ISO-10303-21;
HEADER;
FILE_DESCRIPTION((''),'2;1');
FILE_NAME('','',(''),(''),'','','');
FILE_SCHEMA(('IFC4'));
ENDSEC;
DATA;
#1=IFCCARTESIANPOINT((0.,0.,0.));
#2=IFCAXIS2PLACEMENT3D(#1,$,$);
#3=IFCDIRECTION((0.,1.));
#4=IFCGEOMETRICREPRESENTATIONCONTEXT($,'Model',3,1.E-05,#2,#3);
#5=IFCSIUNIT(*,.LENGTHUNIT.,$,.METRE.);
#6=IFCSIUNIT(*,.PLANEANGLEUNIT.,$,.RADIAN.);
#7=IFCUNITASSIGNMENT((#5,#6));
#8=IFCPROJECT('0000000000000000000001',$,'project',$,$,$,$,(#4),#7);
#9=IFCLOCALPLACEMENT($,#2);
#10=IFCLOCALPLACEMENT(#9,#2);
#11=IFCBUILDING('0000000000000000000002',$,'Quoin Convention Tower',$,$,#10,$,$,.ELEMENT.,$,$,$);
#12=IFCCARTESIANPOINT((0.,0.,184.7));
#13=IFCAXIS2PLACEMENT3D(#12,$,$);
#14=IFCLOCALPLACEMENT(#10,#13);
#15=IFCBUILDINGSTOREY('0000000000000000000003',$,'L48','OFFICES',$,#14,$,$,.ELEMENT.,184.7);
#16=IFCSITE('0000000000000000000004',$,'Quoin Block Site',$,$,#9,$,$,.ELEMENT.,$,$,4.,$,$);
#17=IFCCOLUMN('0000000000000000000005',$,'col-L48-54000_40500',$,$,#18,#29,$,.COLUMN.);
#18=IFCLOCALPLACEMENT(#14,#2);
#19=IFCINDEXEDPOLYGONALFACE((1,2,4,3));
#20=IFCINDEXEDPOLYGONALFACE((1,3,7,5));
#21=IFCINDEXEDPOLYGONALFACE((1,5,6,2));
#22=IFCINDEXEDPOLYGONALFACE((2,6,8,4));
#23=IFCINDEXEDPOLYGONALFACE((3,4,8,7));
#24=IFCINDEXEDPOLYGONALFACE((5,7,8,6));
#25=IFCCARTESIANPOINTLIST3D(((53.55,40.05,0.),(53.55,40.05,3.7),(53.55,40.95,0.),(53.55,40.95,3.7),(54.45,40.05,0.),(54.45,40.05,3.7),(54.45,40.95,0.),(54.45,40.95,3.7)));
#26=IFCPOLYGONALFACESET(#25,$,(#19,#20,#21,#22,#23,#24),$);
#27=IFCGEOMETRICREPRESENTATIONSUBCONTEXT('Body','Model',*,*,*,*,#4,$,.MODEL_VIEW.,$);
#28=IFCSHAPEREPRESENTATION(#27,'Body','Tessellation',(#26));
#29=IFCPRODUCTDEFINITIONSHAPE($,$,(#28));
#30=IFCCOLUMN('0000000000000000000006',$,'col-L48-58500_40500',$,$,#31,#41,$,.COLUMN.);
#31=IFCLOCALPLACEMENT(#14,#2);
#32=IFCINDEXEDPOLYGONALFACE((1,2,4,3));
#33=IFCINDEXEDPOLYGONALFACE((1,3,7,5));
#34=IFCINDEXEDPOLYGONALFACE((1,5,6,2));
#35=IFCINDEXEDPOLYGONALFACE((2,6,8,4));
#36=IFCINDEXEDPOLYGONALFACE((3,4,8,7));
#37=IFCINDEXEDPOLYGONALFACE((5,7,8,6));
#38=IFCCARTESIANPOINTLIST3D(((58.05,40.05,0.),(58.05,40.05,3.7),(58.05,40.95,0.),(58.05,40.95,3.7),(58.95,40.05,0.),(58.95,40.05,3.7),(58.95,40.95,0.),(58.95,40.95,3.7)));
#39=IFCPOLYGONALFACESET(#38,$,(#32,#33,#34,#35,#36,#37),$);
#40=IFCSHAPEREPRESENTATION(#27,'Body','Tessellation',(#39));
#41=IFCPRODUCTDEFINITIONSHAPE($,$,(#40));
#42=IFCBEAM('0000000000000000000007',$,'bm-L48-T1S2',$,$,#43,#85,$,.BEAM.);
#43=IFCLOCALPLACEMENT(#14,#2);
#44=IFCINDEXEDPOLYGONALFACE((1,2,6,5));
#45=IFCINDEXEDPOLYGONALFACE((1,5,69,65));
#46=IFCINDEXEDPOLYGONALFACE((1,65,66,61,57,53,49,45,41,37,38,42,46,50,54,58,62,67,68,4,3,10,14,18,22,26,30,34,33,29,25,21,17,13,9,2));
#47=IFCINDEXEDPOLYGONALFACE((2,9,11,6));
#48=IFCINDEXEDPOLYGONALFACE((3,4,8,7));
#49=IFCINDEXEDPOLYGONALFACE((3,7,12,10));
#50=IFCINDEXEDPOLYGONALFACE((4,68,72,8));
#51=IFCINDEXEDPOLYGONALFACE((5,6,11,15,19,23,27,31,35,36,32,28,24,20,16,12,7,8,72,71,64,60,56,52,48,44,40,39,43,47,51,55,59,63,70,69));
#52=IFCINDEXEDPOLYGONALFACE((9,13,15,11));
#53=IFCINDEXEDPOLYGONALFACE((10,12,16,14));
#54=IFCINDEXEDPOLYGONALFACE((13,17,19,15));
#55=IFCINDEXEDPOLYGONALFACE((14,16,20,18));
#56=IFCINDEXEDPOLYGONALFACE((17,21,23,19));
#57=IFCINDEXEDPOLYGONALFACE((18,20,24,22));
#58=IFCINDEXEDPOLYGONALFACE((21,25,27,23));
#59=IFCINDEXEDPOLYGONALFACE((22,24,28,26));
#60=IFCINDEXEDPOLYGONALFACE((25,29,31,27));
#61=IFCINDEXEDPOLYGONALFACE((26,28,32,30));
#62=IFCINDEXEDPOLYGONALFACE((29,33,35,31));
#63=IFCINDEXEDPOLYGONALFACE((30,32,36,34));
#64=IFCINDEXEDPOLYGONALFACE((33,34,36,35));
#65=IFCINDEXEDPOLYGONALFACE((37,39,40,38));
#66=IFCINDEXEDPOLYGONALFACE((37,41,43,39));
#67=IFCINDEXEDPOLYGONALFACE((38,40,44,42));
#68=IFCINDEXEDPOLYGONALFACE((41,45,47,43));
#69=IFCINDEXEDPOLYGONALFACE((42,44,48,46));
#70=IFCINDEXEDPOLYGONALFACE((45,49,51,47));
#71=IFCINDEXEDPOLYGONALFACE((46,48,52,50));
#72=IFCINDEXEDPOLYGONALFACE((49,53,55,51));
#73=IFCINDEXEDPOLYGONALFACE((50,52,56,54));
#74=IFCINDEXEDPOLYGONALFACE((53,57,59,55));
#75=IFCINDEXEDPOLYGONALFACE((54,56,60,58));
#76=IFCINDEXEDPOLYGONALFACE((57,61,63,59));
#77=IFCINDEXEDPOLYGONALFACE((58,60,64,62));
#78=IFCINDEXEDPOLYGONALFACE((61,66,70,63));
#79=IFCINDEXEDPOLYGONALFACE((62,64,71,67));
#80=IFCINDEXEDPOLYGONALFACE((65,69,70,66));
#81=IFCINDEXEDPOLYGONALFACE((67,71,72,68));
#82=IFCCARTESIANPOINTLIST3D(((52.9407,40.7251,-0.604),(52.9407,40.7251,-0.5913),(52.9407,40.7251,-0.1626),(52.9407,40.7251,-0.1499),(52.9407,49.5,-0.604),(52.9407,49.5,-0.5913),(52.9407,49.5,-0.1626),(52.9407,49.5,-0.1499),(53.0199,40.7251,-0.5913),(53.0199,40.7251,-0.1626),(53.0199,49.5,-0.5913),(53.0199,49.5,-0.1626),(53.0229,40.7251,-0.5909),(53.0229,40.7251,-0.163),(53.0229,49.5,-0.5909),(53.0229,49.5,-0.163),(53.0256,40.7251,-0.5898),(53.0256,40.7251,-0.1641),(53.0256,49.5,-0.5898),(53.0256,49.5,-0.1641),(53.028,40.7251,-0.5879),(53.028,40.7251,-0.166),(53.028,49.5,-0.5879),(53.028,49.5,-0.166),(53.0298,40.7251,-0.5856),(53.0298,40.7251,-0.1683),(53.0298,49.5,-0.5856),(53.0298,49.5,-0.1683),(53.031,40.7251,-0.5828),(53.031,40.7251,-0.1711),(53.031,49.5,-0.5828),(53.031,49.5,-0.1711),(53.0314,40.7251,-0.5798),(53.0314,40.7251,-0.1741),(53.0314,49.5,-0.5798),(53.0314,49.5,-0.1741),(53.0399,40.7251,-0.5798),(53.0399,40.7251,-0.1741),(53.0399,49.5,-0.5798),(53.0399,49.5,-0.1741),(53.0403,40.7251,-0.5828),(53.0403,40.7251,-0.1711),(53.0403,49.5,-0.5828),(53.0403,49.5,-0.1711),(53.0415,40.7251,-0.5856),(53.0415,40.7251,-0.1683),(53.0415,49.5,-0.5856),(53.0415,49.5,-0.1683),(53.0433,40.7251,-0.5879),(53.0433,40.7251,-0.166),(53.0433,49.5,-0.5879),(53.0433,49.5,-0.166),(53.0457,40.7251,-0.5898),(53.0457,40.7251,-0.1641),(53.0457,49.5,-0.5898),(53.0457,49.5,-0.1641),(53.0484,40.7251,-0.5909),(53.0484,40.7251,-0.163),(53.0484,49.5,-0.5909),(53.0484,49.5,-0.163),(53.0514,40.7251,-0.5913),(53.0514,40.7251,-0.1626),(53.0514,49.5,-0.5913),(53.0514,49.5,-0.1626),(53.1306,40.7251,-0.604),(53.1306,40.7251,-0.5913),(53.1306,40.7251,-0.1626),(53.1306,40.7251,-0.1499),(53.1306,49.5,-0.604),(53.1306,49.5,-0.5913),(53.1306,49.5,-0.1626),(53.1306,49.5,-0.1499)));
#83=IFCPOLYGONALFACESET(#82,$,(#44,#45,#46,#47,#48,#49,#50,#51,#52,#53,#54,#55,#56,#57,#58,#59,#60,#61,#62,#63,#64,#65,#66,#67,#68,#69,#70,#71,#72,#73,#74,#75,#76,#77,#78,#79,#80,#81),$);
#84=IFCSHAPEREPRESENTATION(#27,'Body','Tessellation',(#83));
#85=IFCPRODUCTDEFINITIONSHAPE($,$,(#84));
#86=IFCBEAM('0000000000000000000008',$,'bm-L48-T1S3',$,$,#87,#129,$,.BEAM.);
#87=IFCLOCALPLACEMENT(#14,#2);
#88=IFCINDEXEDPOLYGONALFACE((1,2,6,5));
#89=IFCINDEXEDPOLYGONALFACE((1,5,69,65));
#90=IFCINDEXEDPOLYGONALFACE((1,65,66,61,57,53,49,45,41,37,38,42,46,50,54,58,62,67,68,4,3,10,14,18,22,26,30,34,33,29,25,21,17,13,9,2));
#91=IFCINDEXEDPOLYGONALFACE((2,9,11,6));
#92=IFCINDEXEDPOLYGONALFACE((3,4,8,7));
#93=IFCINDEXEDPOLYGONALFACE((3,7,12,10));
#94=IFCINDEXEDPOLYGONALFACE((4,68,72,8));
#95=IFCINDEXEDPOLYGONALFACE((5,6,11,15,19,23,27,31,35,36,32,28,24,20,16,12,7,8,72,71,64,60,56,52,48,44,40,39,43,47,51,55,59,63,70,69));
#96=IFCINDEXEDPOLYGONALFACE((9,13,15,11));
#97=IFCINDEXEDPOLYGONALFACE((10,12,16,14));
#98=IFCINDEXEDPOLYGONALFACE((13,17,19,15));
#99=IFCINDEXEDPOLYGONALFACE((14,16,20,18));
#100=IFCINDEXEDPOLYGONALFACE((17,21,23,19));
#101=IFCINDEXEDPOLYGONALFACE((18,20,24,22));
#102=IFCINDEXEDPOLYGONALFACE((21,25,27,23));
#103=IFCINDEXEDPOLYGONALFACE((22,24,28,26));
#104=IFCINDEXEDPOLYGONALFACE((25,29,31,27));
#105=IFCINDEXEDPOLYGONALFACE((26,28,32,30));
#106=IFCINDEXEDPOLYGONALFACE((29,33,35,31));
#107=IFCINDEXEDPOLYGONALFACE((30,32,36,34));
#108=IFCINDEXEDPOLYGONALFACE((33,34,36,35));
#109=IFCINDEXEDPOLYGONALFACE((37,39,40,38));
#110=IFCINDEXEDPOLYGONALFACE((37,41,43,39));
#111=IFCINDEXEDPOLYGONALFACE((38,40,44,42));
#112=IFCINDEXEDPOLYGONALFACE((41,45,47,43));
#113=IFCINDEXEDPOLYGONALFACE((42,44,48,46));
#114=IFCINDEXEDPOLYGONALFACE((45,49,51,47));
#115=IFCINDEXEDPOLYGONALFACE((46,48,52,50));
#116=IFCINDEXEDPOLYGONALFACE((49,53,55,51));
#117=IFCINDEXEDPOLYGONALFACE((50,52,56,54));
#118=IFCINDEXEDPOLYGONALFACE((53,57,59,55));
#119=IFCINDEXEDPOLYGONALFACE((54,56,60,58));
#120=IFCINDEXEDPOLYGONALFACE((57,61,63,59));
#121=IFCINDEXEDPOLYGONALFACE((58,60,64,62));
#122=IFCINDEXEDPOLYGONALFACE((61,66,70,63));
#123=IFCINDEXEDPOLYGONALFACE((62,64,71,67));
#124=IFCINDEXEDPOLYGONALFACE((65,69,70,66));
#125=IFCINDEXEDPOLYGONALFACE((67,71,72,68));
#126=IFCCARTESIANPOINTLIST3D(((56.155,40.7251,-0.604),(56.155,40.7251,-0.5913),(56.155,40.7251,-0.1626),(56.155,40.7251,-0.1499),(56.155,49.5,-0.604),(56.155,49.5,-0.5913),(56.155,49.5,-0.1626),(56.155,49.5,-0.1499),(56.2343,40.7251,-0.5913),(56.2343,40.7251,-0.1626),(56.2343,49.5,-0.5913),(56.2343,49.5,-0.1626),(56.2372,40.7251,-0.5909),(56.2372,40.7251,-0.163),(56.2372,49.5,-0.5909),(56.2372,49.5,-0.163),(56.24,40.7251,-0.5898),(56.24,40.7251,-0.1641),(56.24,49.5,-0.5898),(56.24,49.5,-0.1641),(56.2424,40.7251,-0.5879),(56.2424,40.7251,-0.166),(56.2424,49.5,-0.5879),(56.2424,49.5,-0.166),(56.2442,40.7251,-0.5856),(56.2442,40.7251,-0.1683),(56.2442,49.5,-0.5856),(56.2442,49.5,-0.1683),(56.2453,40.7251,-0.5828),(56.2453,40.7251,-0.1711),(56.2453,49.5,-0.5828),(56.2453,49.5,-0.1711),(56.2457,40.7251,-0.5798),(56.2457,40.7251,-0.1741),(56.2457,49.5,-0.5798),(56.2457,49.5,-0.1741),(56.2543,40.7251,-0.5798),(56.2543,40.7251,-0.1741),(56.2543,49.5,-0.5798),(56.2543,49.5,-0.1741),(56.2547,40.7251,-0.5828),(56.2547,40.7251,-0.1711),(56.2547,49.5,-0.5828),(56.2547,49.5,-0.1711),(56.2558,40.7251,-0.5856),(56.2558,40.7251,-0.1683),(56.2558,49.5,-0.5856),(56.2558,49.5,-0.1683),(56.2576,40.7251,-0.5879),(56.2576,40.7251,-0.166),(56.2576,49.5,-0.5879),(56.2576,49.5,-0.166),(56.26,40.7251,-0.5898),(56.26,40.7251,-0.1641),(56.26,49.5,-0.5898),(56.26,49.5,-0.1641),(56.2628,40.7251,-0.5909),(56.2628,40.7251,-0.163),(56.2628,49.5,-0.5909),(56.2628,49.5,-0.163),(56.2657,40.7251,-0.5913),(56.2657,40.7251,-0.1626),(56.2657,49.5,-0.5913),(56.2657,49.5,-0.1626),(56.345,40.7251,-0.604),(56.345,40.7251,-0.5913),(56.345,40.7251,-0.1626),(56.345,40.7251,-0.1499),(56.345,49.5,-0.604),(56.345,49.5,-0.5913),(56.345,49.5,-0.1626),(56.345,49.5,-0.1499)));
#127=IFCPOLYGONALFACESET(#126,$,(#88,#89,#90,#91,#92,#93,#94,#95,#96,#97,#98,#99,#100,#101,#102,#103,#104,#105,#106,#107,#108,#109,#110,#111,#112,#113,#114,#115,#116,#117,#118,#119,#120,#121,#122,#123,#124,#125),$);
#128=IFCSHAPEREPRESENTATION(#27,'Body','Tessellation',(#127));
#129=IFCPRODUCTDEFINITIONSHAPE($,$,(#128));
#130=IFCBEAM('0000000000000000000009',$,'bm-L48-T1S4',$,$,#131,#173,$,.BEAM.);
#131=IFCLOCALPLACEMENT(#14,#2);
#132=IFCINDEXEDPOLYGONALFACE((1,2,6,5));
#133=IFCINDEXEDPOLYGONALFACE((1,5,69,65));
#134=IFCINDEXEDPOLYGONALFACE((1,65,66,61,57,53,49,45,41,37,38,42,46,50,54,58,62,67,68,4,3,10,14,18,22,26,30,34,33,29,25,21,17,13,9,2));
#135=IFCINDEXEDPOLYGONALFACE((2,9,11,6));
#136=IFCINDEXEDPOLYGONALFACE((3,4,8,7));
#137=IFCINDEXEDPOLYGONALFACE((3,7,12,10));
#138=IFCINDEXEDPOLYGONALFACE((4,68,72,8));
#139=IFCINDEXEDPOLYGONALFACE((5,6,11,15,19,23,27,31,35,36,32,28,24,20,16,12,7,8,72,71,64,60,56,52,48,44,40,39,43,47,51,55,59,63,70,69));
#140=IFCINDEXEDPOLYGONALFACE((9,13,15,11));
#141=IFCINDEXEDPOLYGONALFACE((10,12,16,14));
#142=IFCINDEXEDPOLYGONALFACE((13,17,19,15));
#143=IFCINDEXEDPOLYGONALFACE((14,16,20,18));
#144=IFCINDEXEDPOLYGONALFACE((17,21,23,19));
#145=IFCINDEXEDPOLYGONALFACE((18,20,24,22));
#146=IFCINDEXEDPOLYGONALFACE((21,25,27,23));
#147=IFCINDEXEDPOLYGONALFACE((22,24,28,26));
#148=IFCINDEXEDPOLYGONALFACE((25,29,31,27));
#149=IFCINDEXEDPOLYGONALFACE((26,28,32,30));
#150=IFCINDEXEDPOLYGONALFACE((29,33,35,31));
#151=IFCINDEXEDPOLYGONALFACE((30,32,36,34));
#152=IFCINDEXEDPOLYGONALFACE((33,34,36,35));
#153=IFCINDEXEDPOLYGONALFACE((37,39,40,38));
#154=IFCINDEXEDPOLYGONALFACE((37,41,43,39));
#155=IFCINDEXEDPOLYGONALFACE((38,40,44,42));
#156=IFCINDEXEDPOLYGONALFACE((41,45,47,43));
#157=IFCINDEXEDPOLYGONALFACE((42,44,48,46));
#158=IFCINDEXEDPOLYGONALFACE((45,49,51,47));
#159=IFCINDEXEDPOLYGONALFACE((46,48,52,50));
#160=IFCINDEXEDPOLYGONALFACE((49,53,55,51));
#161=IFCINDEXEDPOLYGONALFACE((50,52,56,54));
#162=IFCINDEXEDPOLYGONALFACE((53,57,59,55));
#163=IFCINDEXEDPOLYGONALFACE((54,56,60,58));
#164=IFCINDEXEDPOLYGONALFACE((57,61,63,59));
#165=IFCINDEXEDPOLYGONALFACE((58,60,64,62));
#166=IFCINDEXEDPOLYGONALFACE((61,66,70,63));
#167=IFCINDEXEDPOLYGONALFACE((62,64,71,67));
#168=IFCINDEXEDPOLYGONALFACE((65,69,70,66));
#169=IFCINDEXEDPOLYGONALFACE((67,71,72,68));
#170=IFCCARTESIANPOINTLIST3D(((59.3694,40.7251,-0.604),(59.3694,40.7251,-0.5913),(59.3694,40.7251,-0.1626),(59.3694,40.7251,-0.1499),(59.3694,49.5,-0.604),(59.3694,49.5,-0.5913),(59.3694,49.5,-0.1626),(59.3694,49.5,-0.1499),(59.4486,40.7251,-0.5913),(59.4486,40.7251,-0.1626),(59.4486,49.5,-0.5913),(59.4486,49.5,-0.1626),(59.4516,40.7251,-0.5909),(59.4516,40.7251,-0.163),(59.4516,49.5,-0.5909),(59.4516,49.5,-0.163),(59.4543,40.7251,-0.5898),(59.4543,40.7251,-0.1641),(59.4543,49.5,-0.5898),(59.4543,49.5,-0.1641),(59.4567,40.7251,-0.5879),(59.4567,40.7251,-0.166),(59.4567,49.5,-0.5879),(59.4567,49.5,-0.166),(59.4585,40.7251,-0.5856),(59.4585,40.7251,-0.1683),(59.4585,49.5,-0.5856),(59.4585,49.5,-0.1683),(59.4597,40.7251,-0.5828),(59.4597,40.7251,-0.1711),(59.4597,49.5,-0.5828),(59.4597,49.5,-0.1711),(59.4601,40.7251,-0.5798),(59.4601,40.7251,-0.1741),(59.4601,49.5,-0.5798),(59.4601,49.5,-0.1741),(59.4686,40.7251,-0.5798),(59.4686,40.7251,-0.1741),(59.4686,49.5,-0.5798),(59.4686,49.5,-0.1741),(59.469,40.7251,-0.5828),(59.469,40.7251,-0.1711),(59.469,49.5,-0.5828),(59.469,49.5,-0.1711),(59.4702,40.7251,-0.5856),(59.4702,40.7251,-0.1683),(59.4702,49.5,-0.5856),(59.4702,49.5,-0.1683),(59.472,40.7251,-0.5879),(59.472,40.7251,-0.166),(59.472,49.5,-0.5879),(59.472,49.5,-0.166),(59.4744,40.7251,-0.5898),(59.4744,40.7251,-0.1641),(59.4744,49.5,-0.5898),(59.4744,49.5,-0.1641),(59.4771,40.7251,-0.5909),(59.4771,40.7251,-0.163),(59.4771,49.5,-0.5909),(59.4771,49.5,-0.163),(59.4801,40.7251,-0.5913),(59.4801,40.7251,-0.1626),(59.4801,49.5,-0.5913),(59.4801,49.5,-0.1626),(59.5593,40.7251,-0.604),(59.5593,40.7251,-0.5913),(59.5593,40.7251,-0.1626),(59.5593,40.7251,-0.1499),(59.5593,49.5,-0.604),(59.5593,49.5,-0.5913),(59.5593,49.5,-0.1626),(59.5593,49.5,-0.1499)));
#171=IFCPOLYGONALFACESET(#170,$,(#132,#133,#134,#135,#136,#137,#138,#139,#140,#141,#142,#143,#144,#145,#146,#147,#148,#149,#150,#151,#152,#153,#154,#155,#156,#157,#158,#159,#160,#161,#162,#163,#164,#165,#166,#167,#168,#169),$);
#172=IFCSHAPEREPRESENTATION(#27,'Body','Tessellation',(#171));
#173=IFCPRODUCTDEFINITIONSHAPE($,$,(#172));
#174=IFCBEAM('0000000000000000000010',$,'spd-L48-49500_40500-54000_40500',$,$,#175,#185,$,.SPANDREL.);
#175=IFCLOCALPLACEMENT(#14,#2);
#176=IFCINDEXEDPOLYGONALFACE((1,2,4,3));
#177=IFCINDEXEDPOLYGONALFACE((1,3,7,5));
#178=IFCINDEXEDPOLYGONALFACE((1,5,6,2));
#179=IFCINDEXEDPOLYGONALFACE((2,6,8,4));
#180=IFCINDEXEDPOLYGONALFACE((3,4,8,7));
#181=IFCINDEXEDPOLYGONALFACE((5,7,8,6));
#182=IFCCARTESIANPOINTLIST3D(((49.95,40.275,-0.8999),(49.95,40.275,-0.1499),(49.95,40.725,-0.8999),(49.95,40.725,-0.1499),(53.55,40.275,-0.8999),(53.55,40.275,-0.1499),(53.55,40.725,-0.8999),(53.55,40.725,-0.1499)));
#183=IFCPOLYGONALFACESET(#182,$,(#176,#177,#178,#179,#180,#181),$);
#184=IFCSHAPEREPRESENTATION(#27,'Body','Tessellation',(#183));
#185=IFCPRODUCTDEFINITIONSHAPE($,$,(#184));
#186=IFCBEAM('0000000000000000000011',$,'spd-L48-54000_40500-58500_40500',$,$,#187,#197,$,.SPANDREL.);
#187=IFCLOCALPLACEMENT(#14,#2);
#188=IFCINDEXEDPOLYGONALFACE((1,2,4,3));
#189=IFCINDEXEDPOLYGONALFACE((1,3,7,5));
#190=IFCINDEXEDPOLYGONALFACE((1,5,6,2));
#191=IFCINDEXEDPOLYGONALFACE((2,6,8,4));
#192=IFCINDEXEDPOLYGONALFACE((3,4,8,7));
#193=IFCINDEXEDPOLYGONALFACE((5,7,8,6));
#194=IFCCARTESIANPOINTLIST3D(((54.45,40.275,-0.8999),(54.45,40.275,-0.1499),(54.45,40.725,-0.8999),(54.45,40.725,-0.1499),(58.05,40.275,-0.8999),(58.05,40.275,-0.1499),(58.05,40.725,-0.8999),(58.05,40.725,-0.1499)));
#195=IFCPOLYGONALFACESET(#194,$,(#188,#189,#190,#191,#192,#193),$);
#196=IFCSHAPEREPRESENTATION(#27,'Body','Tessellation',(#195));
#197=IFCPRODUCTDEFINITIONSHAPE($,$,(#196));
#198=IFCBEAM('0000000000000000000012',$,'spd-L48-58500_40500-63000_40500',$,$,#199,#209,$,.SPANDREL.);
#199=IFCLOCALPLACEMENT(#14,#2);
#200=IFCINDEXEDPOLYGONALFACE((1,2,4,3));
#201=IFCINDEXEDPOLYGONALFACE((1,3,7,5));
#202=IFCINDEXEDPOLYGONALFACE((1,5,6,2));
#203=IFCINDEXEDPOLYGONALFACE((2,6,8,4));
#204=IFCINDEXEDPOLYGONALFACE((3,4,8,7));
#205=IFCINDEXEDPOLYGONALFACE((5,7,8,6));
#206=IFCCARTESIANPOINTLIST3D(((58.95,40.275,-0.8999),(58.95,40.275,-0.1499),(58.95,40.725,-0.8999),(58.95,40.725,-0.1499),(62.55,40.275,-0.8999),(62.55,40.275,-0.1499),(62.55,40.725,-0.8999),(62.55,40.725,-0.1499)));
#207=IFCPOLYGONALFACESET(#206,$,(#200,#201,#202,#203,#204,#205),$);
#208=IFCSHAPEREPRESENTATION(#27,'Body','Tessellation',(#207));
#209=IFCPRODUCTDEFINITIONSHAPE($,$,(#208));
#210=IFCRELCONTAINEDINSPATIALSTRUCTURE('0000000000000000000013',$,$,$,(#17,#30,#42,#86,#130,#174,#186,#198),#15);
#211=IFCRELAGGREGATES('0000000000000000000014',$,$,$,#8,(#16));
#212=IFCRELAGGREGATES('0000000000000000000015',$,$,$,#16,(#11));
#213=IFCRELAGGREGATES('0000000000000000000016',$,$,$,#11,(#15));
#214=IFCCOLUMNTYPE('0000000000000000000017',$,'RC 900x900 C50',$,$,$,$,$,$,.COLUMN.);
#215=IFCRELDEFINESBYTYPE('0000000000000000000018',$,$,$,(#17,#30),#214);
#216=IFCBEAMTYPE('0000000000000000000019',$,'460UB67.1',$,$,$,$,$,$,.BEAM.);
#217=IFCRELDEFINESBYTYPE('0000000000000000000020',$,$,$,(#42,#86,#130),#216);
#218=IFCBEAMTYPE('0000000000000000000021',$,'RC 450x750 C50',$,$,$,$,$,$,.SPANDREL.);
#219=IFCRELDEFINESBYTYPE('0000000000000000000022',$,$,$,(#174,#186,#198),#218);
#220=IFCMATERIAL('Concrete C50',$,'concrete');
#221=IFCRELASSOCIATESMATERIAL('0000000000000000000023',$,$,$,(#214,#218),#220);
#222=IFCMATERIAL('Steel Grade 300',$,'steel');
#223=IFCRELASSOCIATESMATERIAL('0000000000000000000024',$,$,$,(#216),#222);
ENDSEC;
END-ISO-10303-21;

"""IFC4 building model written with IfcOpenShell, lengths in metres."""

from ifc_helpers import new_model, si_unit, direction, frame, origin, origin_2d, place, context, subcontext, project, spatial, rectangle, i_section, extrude, material, material_profile, profile_set, type_object, element, save


model = new_model("IFC4")

# Units and contexts
model_context = context("Model", 3, precision=1e-05, world=origin(), true_north=direction((0.0, 1.0)))
body_context = subcontext(model_context, "Body", "Model", "MODEL_VIEW")
ifc_project = project(units=[si_unit("LENGTHUNIT", "METRE"), si_unit("PLANEANGLEUNIT", "RADIAN")], contexts=[model_context])

# Site, building, storey
site_placement = place(None, origin())
site = spatial("IfcSite", under=ifc_project, at=site_placement, Name="Quoin Block Site", CompositionType="ELEMENT", RefElevation=4.0)
building_placement = place(site_placement, origin())
building = spatial("IfcBuilding", under=site, at=building_placement, Name="Quoin Convention Tower", CompositionType="ELEMENT")
storey_placement = place(building_placement, frame((0.0, 0.0, 184.7)))
storey = spatial("IfcBuildingStorey", under=building, at=storey_placement, Name="L48", Description="OFFICES", CompositionType="ELEMENT", Elevation=184.7)

# Columns
ifc_material_1 = material(Name="Concrete C50", Category="concrete")
ifc_material_profile_1 = material_profile(ifc_material_1, rectangle(XDim=0.8999, YDim=0.8999, at=origin_2d()), Name="RC 900x900")
ifc_profile_set_1 = profile_set([ifc_material_profile_1], Name="Concrete C50")
column_type = type_object("IfcColumnType", Name="RC 900x900 C50", PredefinedType="COLUMN", material=ifc_profile_set_1)
for number, where, z_axis, x_axis, name in (
    (1, (54.0, 40.5, 0.0), (0.0, 0.0, 1.0), (1.0, 0.0, 0.0), "col-L48-54000_40500"),
    (2, (58.5, 40.5, 0.0), (0.0, 0.0, 1.0), (1.0, 0.0, 0.0), "col-L48-58500_40500"),
):
    element("IfcColumn", number, at=place(storey_placement, frame(where, z_axis=z_axis, x_axis=x_axis)), inside=storey, type_object=column_type, Name=name, PredefinedType="COLUMN", context=body_context, shape_type="SweptSolid", body=[
        extrude(rectangle(XDim=0.8999, YDim=0.8999, at=origin_2d()), origin(), (0.0, 0.0, 1.0), 3.7),
    ])

# Beams
ifc_material_2 = material(Name="Steel Grade 300", Category="steel")
ifc_material_profile_2 = material_profile(ifc_material_2, i_section(OverallWidth=0.1899, OverallDepth=0.4541, WebThickness=0.0085, FlangeThickness=0.0127, FilletRadius=0.0115, at=origin_2d()), Name="460UB67.1")
ifc_profile_set_2 = profile_set([ifc_material_profile_2], Name="Steel Grade 300")
beam_type_1 = type_object("IfcBeamType", Name="460UB67.1", PredefinedType="BEAM", material=ifc_profile_set_2)
for number, where, z_axis, x_axis, name in (
    (3, (53.0356, 40.7251, -0.377), (0.0, 1.0, 0.0), (-1.0, 0.0, 0.0), "bm-L48-T1S2"),
    (4, (56.25, 40.7251, -0.377), (0.0, 1.0, 0.0), (-1.0, 0.0, 0.0), "bm-L48-T1S3"),
    (5, (59.4644, 40.7251, -0.377), (0.0, 1.0, 0.0), (-1.0, 0.0, 0.0), "bm-L48-T1S4"),
):
    element("IfcBeam", number, at=place(storey_placement, frame(where, z_axis=z_axis, x_axis=x_axis)), inside=storey, type_object=beam_type_1, Name=name, PredefinedType="BEAM", context=body_context, shape_type="SweptSolid", body=[
        extrude(i_section(OverallWidth=0.1899, OverallDepth=0.4541, WebThickness=0.0085, FlangeThickness=0.0127, FilletRadius=0.0115, at=origin_2d()), origin(), (0.0, 0.0, 1.0), 8.7749),
    ])
ifc_material_profile_3 = material_profile(ifc_material_1, rectangle(XDim=0.45, YDim=0.75, at=origin_2d()), Name="RC 450x750")
ifc_profile_set_3 = profile_set([ifc_material_profile_3], Name="Concrete C50")
beam_type_2 = type_object("IfcBeamType", Name="RC 450x750 C50", PredefinedType="SPANDREL", material=ifc_profile_set_3)
for number, where, z_axis, x_axis, name in (
    (6, (49.95, 40.5, -0.5249), (1.0, 0.0, 0.0), (0.0, 1.0, 0.0), "spd-L48-49500_40500-54000_40500"),
    (7, (54.45, 40.5, -0.5249), (1.0, 0.0, 0.0), (0.0, 1.0, 0.0), "spd-L48-54000_40500-58500_40500"),
    (8, (58.95, 40.5, -0.5249), (1.0, 0.0, 0.0), (0.0, 1.0, 0.0), "spd-L48-58500_40500-63000_40500"),
):
    element("IfcBeam", number, at=place(storey_placement, frame(where, z_axis=z_axis, x_axis=x_axis)), inside=storey, type_object=beam_type_2, Name=name, PredefinedType="SPANDREL", context=body_context, shape_type="SweptSolid", body=[
        extrude(rectangle(XDim=0.45, YDim=0.75, at=origin_2d()), origin(), (0.0, 0.0, 1.0), 3.6001),
    ])

save(model, "model.ifc")
